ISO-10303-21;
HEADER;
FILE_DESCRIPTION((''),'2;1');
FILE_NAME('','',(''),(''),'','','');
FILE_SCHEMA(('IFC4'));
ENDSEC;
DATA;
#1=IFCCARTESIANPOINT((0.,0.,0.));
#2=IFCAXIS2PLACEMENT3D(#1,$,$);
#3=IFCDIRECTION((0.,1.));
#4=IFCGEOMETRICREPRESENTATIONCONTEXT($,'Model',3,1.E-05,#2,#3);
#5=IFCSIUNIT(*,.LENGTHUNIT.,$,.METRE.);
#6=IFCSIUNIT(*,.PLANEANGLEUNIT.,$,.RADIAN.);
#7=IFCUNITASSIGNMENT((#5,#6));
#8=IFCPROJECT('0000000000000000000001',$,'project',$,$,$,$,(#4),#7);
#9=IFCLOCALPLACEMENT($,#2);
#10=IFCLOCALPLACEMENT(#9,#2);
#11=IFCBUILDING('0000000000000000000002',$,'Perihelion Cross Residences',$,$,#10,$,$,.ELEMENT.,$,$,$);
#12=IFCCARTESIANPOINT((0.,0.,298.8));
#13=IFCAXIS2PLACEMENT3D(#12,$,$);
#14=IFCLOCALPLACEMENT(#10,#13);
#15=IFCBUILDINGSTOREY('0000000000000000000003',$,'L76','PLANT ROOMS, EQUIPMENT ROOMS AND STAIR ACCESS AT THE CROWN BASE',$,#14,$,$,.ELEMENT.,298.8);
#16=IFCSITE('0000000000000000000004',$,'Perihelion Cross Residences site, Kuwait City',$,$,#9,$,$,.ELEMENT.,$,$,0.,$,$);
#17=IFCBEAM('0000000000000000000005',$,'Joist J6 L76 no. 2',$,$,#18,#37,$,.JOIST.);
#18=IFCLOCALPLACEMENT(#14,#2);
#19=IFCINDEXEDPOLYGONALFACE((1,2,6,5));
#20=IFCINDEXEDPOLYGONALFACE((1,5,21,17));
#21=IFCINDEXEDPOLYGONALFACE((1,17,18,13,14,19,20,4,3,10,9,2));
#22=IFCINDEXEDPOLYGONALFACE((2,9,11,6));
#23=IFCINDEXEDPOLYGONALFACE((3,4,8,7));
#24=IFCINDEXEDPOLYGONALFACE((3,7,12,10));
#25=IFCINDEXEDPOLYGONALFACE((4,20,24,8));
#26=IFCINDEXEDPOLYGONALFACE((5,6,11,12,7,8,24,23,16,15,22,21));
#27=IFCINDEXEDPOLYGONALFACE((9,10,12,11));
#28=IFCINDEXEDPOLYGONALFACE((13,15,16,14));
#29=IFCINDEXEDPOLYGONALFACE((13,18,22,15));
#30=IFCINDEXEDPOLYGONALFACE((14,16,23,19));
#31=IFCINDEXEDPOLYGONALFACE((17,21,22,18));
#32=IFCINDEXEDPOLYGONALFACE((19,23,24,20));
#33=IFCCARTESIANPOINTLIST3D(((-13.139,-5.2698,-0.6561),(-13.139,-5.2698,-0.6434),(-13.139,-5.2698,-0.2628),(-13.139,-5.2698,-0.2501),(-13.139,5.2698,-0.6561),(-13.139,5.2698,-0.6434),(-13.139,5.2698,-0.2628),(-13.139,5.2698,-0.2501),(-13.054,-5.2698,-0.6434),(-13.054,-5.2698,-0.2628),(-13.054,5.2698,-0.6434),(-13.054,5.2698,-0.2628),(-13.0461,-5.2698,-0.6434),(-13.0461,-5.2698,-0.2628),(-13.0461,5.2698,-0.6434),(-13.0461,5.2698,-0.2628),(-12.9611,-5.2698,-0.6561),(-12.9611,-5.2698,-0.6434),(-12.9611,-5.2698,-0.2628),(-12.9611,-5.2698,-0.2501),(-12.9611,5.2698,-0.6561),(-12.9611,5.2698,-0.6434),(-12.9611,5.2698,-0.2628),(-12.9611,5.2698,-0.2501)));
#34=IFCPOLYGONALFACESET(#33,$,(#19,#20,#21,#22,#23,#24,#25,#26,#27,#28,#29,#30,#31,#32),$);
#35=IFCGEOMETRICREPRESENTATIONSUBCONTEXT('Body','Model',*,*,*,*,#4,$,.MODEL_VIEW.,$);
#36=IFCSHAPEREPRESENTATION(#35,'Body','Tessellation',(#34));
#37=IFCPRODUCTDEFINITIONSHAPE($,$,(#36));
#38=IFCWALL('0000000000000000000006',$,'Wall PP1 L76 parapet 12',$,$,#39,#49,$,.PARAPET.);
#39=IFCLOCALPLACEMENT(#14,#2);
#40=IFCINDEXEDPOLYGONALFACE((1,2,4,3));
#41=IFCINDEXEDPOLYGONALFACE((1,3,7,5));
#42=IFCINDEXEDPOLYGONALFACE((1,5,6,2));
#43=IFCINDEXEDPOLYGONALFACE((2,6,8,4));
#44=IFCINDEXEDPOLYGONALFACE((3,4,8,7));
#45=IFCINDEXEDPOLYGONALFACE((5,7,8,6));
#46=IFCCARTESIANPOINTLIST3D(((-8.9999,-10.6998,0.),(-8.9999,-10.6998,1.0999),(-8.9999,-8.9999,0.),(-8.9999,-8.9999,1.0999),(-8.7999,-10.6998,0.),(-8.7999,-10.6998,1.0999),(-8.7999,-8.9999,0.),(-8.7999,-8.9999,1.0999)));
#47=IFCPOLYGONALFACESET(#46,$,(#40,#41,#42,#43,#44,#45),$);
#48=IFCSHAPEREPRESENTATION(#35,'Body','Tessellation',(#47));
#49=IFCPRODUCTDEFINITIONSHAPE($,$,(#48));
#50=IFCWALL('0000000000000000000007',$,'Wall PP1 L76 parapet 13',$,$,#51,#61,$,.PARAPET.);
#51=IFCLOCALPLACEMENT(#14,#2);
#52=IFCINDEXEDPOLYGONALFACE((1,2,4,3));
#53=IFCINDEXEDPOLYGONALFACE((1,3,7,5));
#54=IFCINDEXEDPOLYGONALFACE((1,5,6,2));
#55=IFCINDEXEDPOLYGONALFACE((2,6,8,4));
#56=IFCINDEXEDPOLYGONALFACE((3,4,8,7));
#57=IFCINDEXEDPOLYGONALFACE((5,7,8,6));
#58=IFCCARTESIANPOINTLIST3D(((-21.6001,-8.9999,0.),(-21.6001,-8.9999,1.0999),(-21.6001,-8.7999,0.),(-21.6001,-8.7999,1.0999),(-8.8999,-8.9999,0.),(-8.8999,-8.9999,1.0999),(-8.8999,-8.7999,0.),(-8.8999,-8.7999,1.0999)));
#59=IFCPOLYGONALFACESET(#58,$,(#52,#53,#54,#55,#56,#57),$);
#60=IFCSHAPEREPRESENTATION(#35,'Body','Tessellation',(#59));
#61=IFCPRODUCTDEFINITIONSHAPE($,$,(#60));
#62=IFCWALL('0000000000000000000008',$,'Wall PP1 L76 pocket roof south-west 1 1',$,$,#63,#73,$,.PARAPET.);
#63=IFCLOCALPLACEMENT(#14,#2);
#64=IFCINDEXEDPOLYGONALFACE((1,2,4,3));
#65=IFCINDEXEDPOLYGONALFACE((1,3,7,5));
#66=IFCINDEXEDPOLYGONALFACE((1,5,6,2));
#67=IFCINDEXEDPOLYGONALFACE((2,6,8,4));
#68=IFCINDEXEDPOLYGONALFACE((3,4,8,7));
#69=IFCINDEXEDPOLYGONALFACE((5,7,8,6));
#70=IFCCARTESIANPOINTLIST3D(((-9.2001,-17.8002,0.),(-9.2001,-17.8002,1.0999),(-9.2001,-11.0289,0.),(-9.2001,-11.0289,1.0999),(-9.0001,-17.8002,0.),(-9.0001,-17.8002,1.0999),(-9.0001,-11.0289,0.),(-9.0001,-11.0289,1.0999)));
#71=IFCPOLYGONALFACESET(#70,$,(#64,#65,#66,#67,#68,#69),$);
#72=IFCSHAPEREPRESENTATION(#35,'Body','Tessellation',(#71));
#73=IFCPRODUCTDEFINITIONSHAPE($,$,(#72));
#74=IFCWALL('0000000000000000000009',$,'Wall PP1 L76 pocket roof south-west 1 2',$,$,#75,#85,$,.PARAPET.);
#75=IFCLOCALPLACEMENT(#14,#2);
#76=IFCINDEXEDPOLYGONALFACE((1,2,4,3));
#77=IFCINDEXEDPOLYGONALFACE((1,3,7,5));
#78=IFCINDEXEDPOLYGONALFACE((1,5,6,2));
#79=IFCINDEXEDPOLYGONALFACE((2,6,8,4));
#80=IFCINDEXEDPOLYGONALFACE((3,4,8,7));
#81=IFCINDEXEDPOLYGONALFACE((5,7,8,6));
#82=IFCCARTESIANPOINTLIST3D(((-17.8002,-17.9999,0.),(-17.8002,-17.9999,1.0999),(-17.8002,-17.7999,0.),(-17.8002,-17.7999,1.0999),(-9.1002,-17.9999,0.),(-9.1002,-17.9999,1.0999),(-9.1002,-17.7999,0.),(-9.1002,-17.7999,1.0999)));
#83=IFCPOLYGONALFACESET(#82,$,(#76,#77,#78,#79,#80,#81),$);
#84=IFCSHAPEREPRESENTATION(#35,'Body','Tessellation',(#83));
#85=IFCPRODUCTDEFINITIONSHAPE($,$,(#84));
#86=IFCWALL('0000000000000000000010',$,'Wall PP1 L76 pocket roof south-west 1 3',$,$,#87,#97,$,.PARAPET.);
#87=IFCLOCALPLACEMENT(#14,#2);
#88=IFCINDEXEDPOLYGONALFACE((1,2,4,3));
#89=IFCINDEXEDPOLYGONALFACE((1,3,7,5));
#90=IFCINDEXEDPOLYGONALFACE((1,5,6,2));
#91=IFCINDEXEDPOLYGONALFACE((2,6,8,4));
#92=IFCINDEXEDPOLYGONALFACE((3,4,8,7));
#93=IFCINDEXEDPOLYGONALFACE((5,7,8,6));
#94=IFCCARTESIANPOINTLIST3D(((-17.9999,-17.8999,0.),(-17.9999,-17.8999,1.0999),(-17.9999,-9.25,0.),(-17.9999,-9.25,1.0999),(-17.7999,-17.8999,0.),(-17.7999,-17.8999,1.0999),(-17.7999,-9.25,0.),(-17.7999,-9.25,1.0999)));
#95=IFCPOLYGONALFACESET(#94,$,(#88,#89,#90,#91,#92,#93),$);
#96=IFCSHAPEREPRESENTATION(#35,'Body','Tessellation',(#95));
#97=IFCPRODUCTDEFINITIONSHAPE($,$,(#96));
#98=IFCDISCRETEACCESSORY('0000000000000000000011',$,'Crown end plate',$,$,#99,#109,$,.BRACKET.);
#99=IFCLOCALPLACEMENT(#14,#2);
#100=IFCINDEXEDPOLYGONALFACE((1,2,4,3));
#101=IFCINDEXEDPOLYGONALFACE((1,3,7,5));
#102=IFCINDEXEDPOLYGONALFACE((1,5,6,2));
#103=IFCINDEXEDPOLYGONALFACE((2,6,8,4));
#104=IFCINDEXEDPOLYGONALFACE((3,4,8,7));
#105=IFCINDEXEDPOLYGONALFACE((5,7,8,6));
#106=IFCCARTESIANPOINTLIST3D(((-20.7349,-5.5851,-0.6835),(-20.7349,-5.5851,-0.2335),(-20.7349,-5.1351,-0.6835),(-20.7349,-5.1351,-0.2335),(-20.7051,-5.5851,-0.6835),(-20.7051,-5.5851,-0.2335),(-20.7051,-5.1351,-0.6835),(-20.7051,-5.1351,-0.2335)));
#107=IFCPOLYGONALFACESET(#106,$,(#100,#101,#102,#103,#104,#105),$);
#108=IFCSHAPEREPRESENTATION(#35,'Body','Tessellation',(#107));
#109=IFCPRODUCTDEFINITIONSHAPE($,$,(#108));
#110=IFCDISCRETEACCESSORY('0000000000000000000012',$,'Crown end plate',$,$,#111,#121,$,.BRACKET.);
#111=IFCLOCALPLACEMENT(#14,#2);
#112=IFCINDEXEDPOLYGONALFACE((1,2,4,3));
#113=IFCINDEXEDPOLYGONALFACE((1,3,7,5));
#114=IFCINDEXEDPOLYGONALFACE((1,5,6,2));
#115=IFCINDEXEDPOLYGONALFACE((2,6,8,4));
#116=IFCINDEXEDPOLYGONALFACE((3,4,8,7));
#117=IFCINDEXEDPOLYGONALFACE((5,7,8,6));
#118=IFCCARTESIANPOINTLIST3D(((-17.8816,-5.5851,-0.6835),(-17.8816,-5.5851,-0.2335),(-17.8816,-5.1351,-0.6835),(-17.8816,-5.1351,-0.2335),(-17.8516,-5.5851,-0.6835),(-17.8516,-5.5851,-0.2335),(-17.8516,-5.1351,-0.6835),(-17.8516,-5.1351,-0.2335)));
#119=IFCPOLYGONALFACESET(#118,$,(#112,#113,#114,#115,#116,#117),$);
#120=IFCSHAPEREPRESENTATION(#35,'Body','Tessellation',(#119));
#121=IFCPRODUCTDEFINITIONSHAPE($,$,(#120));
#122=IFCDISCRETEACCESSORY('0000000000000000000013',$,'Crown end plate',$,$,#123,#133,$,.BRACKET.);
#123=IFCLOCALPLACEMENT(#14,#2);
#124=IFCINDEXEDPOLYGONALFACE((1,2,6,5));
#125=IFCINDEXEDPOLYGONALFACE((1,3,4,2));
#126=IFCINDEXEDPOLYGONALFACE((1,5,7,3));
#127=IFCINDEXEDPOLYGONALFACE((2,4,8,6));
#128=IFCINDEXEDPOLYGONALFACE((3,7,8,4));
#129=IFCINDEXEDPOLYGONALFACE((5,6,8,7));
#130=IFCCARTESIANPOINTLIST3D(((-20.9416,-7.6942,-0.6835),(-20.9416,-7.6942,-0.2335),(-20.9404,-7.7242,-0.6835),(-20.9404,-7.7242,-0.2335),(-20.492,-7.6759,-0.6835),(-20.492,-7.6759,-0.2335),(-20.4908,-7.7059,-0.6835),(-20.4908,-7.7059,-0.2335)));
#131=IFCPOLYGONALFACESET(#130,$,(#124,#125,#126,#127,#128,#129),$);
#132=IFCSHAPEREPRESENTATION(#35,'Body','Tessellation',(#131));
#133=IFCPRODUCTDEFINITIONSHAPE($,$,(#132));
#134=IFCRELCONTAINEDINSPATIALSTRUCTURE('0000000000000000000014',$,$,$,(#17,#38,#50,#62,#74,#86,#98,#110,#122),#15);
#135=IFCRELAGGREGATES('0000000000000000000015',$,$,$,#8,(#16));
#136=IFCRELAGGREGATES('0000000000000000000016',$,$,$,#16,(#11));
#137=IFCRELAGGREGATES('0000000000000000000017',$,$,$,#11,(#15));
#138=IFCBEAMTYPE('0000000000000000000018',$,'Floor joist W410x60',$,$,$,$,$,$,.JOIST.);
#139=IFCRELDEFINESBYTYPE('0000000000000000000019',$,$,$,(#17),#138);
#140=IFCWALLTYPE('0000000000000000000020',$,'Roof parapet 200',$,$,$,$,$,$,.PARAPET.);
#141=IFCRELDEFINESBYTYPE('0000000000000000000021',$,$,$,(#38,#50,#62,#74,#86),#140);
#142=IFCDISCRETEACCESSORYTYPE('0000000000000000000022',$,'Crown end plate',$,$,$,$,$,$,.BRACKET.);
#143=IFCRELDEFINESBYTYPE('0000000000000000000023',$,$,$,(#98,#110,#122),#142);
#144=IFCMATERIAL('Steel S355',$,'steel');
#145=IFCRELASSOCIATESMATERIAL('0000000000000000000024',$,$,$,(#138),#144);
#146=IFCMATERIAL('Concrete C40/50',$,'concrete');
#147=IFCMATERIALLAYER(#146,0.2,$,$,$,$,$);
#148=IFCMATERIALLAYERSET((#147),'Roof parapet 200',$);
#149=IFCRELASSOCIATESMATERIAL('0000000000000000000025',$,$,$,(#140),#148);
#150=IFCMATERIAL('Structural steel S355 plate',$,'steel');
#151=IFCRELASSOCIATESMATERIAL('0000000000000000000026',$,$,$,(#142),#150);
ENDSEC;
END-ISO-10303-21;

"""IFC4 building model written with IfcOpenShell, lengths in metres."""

from ifc_helpers import new_model, si_unit, direction, frame, frame_2d, origin, origin_2d, place, context, subcontext, project, spatial, rectangle, i_section, extrude, material, layer, layer_set, material_profile, profile_set, type_object, element, save


model = new_model("IFC4")

# Units and contexts
model_context = context("Model", 3, precision=1e-05, world=origin(), true_north=direction((0.0, 1.0)))
body_context = subcontext(model_context, "Body", "Model", "MODEL_VIEW")
ifc_project = project(units=[si_unit("LENGTHUNIT", "METRE"), si_unit("PLANEANGLEUNIT", "RADIAN")], contexts=[model_context])

# Site, building, storey
site_placement = place(None, origin())
site = spatial("IfcSite", under=ifc_project, at=site_placement, Name="Perihelion Cross Residences site, Kuwait City", CompositionType="ELEMENT", RefElevation=0.0)
building_placement = place(site_placement, origin())
building = spatial("IfcBuilding", under=site, at=building_placement, Name="Perihelion Cross Residences", CompositionType="ELEMENT")
storey_placement = place(building_placement, frame((0.0, 0.0, 298.8)))
storey = spatial("IfcBuildingStorey", under=building, at=storey_placement, Name="L76", Description="PLANT ROOMS, EQUIPMENT ROOMS AND STAIR ACCESS AT THE CROWN BASE", CompositionType="ELEMENT", Elevation=298.8)

# Beam
ifc_material_1 = material(Name="Steel S355", Category="steel")
ifc_material_profile_1 = material_profile(ifc_material_1, i_section(OverallWidth=0.178, OverallDepth=0.406, WebThickness=0.0078, FlangeThickness=0.0127, at=origin_2d()), Name="W410x60")
ifc_profile_set_1 = profile_set([ifc_material_profile_1], Name="Steel S355")
beam_type_1 = type_object("IfcBeamType", Name="Floor joist W410x60", PredefinedType="JOIST", material=ifc_profile_set_1)
beam_1_placement = place(storey_placement, frame((-13.05, -5.2698, -0.4531), z_axis=(0.0, 1.0, 0.0), x_axis=(-1.0, 0.0, 0.0)))
element("IfcBeam", 1, at=beam_1_placement, inside=storey, type_object=beam_type_1, Name="Joist J6 L76 no. 2", PredefinedType="JOIST", context=body_context, shape_type="SweptSolid", body=[
    extrude(i_section(OverallWidth=0.178, OverallDepth=0.406, WebThickness=0.0078, FlangeThickness=0.0127, at=origin_2d()), origin(), (0.0, 0.0, 1.0), 10.5396),
])

# Walls
ifc_material_2 = material(Name="Concrete C40/50", Category="concrete")
ifc_layer = layer(ifc_material_2, 0.2)
ifc_layer_set = layer_set([ifc_layer], Name="Roof parapet 200")
wall_type = type_object("IfcWallType", Name="Roof parapet 200", PredefinedType="PARAPET", material=ifc_layer_set)
wall_1_placement = place(storey_placement, frame((-8.8999, -10.7, 0.0), z_axis=(0.0, 0.0, 1.0), x_axis=(0.0, 1.0, 0.0)))
element("IfcWall", 2, at=wall_1_placement, inside=storey, type_object=wall_type, Name="Wall PP1 L76 parapet 12", PredefinedType="PARAPET", context=body_context, shape_type="SweptSolid", body=[
    extrude(rectangle(XDim=1.7, YDim=0.2, at=frame_2d((0.8501, 0.0))), origin(), (0.0, 0.0, 1.0), 1.0999),
])
wall_2_placement = place(storey_placement, frame((-8.8999, -8.8999, 0.0), z_axis=(0.0, 0.0, 1.0), x_axis=(-1.0, 0.0, 0.0)))
element("IfcWall", 3, at=wall_2_placement, inside=storey, type_object=wall_type, Name="Wall PP1 L76 parapet 13", PredefinedType="PARAPET", context=body_context, shape_type="SweptSolid", body=[
    extrude(rectangle(XDim=12.7002, YDim=0.2, at=frame_2d((6.3501, 0.0))), origin(), (0.0, 0.0, 1.0), 1.0999),
])
wall_3_placement = place(storey_placement, frame((-9.1001, -11.0288, 0.0), z_axis=(0.0, 0.0, 1.0), x_axis=(0.0, -1.0, 0.0)))
element("IfcWall", 4, at=wall_3_placement, inside=storey, type_object=wall_type, Name="Wall PP1 L76 pocket roof south-west 1 1", PredefinedType="PARAPET", context=body_context, shape_type="SweptSolid", body=[
    extrude(rectangle(XDim=6.7712, YDim=0.2, at=frame_2d((3.3857, 0.0))), origin(), (0.0, 0.0, 1.0), 1.0999),
])
wall_4_placement = place(storey_placement, frame((-9.1001, -17.8999, 0.0), z_axis=(0.0, 0.0, 1.0), x_axis=(-1.0, 0.0, 0.0)))
element("IfcWall", 5, at=wall_4_placement, inside=storey, type_object=wall_type, Name="Wall PP1 L76 pocket roof south-west 1 2", PredefinedType="PARAPET", context=body_context, shape_type="SweptSolid", body=[
    extrude(rectangle(XDim=8.7, YDim=0.2, at=frame_2d((4.3501, 0.0))), origin(), (0.0, 0.0, 1.0), 1.0999),
])
wall_5_placement = place(storey_placement, frame((-17.8999, -17.8999, 0.0), z_axis=(0.0, 0.0, 1.0), x_axis=(0.0, 1.0, 0.0)))
element("IfcWall", 6, at=wall_5_placement, inside=storey, type_object=wall_type, Name="Wall PP1 L76 pocket roof south-west 1 3", PredefinedType="PARAPET", context=body_context, shape_type="SweptSolid", body=[
    extrude(rectangle(XDim=8.6499, YDim=0.2, at=frame_2d((4.325, 0.0))), origin(), (0.0, 0.0, 1.0), 1.0999),
])

# Discrete accessories
ifc_material_3 = material(Name="Structural steel S355 plate", Category="steel")
ifc_material_profile_2 = material_profile(ifc_material_3, rectangle(XDim=0.45, YDim=0.45, at=origin_2d()), Name="Crown end plate")
ifc_profile_set_2 = profile_set([ifc_material_profile_2], Name="Structural steel S355 plate")
discrete_accessory_type = type_object("IfcDiscreteAccessoryType", Name="Crown end plate", PredefinedType="BRACKET", material=ifc_profile_set_2)
discrete_accessory_placement = place(storey_placement, frame((-20.7349, -5.3601, -0.4585), z_axis=(1.0, 0.0, 0.0), x_axis=(0.0, 1.0, 0.0)))
element("IfcDiscreteAccessory", 7, at=discrete_accessory_placement, inside=storey, type_object=discrete_accessory_type, Name="Crown end plate", PredefinedType="BRACKET", context=body_context, shape_type="SweptSolid", body=[
    extrude(rectangle(XDim=0.45, YDim=0.45, at=origin_2d()), origin(), (0.0, 0.0, 1.0), 0.0298),
])
for number, where, z_axis, x_axis, name in (
    (8, (-17.8816, -5.3601, -0.4585), (1.0, 0.0, 0.0), (0.0, 1.0, 0.0), "Crown end plate"),
    (9, (-20.7168, -7.6851, -0.4585), (0.040617, -0.999175, 0.0), (0.999175, 0.040617, 0.0), "Crown end plate"),
):
    element("IfcDiscreteAccessory", number, at=place(storey_placement, frame(where, z_axis=z_axis, x_axis=x_axis)), inside=storey, type_object=discrete_accessory_type, Name=name, PredefinedType="BRACKET", context=body_context, shape_type="SweptSolid", body=[
        extrude(rectangle(XDim=0.45, YDim=0.45, at=origin_2d()), origin(), (0.0, 0.0, 1.0), 0.03),
    ])

save(model, "model.ifc")
